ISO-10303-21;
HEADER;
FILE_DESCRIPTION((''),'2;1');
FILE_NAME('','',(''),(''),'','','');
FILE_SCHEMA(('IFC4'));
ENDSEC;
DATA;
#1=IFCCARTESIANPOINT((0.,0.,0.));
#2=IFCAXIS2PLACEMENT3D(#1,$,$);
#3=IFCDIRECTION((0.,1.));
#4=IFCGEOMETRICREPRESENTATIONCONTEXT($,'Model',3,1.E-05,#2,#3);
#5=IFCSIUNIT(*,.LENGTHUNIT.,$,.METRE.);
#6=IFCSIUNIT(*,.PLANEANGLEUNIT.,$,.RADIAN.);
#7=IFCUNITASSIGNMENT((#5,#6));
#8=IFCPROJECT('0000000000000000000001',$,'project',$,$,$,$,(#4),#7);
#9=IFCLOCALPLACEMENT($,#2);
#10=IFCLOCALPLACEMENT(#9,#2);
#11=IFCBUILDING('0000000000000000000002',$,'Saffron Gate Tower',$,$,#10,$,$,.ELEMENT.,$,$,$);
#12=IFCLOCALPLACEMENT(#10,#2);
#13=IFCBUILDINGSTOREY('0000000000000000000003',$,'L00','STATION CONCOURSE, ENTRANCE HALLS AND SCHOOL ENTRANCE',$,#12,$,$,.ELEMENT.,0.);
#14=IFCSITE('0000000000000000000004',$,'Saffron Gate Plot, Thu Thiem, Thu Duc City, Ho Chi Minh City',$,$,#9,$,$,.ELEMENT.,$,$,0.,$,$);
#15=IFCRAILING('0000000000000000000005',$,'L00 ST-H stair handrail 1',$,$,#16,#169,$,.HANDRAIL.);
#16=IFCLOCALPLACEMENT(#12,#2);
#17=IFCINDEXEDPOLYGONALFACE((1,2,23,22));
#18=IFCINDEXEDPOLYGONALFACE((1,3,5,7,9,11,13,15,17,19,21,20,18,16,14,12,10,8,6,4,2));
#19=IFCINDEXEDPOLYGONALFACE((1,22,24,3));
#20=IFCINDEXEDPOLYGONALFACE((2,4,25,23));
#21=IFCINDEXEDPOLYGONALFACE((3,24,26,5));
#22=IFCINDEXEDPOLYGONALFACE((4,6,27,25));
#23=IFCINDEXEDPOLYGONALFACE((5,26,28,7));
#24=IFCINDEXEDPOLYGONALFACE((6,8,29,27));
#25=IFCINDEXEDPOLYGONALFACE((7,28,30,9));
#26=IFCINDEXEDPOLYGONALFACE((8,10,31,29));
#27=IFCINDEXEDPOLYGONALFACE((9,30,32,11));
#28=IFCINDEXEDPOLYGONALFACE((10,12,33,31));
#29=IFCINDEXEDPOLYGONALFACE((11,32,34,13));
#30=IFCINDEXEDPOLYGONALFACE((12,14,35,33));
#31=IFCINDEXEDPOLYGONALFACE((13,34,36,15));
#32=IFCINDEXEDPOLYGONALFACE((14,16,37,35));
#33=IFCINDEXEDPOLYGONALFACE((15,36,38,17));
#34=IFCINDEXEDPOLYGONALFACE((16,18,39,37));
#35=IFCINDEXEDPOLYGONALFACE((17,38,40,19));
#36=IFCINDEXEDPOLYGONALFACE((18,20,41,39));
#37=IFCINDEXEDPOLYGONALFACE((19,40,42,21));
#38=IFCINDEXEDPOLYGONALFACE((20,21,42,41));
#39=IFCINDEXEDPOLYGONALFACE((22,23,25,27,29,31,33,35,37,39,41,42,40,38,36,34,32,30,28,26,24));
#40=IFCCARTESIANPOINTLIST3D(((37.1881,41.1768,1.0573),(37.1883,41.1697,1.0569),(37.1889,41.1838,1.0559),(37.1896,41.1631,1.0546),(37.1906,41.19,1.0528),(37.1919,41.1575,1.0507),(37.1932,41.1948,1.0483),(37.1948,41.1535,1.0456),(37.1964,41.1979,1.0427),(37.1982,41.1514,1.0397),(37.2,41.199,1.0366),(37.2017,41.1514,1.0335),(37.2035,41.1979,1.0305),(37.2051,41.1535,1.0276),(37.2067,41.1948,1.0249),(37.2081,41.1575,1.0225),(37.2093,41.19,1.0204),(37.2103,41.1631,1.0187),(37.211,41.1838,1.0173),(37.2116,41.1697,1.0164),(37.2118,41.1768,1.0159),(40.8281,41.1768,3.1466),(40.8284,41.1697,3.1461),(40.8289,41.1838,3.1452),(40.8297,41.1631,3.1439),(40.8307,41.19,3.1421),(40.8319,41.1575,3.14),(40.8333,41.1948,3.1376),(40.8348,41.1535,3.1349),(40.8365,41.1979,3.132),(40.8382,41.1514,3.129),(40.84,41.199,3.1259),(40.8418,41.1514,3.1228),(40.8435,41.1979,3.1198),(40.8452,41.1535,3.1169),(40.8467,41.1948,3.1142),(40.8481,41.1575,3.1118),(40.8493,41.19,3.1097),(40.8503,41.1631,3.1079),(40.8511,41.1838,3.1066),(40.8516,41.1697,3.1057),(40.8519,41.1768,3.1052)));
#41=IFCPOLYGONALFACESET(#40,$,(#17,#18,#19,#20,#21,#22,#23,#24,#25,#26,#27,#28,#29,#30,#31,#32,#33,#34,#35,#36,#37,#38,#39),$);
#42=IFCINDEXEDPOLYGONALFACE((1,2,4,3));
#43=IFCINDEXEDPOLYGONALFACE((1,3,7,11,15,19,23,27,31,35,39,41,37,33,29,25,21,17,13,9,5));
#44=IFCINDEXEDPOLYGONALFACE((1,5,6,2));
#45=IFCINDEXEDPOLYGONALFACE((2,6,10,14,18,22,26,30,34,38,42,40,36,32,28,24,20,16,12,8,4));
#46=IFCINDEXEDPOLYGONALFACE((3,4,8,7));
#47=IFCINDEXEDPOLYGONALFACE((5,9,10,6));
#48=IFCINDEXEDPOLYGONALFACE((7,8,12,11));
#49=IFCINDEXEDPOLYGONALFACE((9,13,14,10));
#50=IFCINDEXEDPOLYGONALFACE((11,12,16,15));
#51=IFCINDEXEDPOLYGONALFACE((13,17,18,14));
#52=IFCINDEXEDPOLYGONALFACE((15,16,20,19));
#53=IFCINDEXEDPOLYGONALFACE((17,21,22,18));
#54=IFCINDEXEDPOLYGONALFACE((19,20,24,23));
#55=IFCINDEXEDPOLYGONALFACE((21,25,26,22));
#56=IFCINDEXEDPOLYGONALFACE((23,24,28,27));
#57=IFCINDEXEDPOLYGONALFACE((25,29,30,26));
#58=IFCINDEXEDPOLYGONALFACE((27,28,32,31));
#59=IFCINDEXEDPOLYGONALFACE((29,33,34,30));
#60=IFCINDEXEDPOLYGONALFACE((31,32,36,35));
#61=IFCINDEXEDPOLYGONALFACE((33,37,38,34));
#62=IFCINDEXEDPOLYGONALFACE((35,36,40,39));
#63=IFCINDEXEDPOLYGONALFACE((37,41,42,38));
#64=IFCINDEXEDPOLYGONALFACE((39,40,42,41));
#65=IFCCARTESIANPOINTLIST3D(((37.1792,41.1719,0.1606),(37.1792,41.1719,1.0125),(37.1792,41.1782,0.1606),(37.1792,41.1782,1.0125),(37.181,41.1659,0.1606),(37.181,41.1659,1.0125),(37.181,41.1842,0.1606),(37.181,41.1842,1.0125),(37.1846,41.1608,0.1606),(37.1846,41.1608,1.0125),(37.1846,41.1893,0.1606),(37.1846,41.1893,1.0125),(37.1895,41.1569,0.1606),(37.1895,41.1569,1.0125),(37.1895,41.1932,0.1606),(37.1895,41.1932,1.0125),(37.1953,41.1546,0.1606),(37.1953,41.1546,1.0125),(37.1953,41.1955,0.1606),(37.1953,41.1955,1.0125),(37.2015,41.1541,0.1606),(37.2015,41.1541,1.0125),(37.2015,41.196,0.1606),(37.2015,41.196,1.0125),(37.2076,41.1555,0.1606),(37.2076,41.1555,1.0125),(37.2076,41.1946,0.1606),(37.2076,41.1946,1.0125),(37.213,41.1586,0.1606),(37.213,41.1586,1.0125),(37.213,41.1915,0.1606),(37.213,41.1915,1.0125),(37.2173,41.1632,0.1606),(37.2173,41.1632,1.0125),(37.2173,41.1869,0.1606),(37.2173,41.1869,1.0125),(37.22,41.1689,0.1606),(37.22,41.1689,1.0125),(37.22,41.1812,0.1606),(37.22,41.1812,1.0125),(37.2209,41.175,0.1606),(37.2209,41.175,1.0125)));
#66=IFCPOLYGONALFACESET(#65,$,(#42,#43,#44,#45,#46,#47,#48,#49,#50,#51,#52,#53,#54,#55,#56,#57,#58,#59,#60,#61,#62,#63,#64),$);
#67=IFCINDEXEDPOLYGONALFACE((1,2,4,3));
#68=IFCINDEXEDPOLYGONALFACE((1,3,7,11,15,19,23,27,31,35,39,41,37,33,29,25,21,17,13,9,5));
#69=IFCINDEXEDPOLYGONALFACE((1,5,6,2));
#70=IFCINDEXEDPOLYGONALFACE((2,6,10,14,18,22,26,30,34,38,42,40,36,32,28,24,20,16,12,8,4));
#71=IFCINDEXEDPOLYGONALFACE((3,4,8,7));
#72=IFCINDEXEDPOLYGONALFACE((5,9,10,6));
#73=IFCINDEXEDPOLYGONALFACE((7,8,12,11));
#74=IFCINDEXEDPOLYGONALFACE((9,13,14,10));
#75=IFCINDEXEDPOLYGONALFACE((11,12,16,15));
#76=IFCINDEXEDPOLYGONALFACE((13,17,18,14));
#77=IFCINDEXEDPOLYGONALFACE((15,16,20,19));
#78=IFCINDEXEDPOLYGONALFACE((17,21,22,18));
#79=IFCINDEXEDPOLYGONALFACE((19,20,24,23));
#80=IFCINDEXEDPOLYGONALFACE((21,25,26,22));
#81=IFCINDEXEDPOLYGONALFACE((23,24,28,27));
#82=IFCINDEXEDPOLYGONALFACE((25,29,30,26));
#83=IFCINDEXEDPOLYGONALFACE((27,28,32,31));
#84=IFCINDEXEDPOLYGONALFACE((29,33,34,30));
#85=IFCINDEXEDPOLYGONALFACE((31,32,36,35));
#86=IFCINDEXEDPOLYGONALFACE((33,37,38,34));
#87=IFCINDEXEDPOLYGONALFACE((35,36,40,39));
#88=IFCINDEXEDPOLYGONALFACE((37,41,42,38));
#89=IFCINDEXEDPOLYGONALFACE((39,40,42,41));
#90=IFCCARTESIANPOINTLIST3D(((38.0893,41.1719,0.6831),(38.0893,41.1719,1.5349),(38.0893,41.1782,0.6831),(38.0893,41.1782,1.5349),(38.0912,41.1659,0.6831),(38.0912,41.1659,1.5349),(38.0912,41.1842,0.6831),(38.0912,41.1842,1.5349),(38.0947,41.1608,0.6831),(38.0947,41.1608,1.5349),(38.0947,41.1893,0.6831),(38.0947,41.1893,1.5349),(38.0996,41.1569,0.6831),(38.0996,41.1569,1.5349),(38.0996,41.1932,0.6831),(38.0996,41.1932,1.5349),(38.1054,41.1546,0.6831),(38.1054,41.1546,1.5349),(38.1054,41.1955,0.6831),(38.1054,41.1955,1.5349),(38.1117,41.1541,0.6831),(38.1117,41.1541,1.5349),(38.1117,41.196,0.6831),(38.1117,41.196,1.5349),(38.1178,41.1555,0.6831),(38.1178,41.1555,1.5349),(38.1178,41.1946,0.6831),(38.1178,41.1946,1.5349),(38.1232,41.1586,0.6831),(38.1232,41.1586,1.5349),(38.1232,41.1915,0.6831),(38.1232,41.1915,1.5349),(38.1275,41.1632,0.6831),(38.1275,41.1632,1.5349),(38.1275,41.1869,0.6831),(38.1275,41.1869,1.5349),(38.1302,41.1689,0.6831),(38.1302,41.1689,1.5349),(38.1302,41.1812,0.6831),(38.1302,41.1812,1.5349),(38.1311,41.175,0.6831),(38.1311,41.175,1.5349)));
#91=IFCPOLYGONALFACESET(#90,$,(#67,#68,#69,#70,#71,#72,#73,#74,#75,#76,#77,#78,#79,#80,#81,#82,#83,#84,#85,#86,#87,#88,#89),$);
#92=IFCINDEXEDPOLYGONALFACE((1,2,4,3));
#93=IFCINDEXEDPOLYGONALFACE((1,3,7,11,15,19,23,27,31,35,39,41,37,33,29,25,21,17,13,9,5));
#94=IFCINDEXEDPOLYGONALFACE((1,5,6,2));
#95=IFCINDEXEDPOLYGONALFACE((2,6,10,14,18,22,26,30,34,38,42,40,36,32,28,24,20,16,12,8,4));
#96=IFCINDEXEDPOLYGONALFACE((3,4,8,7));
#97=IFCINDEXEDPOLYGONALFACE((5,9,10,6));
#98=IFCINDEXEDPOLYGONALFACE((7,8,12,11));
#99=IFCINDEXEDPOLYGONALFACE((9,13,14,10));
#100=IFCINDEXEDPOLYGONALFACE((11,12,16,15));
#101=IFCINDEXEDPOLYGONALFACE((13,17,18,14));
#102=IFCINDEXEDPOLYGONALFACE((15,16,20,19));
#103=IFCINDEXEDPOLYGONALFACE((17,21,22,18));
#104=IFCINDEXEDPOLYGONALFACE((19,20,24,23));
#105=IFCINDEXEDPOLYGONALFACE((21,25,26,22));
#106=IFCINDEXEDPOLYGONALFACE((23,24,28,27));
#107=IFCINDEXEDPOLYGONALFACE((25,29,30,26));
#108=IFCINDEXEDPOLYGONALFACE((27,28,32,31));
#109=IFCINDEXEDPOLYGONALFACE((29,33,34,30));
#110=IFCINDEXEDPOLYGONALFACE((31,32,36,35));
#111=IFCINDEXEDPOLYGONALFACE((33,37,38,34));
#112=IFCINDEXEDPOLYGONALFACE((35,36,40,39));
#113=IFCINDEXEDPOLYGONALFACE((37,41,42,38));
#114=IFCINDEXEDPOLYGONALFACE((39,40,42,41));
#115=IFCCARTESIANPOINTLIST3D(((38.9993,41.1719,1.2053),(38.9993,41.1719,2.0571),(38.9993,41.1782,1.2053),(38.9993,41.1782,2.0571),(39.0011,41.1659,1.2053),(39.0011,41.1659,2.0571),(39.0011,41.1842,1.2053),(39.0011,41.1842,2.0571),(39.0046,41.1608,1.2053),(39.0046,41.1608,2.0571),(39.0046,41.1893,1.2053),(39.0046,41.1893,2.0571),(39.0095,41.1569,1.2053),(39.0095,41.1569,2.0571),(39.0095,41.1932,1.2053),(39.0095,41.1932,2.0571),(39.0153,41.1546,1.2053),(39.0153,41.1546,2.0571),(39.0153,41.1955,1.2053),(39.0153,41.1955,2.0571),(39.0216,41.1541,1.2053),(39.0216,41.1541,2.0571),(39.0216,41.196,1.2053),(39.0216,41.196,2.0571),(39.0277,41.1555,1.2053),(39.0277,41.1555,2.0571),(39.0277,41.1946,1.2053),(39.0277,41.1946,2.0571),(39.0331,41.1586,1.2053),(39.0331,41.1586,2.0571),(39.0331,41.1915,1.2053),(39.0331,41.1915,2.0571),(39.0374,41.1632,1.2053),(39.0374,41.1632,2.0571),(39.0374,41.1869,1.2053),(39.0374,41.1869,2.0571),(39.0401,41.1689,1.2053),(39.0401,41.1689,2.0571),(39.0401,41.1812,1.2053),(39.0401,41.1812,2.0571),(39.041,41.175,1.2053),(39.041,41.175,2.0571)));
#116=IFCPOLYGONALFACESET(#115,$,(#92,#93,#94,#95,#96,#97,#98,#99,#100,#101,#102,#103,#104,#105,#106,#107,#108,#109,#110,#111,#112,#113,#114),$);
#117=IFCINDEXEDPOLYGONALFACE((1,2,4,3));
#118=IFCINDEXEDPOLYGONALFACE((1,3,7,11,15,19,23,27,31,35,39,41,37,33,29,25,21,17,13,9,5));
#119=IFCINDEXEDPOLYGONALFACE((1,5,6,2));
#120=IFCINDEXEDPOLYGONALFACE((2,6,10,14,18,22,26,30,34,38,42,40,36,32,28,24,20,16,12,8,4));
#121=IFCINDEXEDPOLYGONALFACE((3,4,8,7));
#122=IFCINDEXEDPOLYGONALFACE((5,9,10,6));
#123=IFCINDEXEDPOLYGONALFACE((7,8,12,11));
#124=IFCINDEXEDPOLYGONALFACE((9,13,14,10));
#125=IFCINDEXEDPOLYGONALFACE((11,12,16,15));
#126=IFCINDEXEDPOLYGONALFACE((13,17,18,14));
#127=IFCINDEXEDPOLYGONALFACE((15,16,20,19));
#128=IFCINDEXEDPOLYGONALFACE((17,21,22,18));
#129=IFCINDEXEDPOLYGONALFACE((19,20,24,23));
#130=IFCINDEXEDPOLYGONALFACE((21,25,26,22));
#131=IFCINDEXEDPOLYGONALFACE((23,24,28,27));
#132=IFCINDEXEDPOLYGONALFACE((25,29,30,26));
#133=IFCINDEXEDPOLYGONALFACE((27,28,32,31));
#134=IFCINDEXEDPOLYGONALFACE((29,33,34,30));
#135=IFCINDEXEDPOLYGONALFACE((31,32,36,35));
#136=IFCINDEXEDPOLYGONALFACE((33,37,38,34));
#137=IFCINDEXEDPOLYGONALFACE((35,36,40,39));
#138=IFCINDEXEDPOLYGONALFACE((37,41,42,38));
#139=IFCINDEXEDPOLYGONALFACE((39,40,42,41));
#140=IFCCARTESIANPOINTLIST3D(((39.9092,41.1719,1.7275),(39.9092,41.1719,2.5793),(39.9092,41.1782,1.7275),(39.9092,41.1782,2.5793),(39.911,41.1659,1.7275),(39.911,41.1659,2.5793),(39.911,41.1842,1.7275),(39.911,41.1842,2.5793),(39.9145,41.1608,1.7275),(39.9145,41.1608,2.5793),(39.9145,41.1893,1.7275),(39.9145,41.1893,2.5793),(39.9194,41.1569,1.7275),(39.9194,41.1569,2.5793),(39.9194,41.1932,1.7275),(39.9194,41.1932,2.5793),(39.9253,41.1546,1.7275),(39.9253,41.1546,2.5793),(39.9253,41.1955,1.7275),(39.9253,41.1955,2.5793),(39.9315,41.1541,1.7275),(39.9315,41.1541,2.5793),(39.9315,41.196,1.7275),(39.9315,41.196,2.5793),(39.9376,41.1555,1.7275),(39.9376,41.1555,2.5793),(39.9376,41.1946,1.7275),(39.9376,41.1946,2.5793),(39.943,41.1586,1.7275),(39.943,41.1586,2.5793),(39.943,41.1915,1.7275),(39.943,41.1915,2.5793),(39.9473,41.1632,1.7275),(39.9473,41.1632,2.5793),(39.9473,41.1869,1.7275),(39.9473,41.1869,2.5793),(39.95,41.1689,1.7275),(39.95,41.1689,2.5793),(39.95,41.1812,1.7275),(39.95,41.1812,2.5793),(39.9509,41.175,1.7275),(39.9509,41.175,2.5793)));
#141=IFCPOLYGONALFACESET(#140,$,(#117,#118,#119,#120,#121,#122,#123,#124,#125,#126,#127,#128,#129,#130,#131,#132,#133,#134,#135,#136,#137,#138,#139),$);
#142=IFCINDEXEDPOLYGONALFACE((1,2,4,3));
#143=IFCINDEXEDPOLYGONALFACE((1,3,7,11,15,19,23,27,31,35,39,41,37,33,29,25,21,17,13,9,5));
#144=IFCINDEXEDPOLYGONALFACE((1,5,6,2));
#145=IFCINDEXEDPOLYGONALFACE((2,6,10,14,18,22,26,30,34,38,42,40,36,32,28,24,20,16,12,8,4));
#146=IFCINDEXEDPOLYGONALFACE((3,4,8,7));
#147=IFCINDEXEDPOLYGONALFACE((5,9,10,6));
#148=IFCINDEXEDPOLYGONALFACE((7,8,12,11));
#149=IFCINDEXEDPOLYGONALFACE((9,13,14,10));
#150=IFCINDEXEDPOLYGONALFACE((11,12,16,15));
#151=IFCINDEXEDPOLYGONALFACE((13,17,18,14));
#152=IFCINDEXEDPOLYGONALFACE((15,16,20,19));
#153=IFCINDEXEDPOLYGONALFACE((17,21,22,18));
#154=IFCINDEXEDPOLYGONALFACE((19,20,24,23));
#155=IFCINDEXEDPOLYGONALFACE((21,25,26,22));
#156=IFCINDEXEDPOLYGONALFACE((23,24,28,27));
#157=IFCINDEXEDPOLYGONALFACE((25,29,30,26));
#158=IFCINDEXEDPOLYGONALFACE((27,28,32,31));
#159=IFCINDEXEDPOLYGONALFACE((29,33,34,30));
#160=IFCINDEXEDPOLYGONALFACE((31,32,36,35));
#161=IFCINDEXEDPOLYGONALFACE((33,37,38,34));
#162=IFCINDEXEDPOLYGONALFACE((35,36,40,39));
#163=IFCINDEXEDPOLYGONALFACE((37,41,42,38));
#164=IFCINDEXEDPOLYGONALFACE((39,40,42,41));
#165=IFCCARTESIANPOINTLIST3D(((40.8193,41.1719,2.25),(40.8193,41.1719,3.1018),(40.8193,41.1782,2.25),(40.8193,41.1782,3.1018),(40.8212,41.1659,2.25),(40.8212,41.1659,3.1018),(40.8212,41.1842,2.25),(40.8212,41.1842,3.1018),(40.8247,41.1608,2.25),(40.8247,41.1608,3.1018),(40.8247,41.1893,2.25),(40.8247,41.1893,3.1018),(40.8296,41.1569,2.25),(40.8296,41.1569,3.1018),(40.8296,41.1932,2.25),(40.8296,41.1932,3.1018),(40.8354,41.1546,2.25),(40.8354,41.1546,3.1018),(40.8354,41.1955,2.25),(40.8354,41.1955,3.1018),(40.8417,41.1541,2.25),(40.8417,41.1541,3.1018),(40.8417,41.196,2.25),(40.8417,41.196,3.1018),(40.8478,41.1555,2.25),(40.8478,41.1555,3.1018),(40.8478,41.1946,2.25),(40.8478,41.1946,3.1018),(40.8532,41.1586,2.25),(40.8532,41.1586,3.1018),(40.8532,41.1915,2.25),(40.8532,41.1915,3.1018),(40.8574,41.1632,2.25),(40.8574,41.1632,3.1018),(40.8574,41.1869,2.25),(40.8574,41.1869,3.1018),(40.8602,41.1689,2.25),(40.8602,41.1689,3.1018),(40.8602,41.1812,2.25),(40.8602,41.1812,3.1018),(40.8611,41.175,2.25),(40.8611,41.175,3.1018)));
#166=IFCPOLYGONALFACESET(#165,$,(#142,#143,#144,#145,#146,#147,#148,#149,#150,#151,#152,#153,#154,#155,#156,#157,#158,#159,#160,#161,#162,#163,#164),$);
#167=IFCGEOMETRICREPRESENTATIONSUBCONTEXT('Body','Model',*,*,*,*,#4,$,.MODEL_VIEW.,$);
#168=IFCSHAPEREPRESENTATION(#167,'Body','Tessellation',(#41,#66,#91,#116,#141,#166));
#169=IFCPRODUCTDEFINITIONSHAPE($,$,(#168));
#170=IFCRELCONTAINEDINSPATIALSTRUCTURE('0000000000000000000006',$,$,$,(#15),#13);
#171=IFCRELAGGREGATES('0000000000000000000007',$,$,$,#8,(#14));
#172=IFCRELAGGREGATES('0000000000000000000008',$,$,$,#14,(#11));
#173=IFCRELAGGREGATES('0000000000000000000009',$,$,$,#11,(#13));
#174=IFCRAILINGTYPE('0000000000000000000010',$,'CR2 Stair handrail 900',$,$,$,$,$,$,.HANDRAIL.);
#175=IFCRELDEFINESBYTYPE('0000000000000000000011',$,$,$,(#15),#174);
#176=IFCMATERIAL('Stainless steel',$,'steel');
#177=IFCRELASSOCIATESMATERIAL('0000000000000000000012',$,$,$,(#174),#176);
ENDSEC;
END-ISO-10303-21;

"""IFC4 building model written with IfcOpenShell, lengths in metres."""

from ifc_helpers import new_model, si_unit, direction, frame, origin, origin_2d, place, context, subcontext, project, spatial, circle, extrude, material, type_object, element, save


model = new_model("IFC4")

# Units and contexts
model_context = context("Model", 3, precision=1e-05, world=origin(), true_north=direction((0.0, 1.0)))
body_context = subcontext(model_context, "Body", "Model", "MODEL_VIEW")
ifc_project = project(units=[si_unit("LENGTHUNIT", "METRE"), si_unit("PLANEANGLEUNIT", "RADIAN")], contexts=[model_context])

# Site, building, storey
site_placement = place(None, origin())
site = spatial("IfcSite", under=ifc_project, at=site_placement, Name="Saffron Gate Plot, Thu Thiem, Thu Duc City, Ho Chi Minh City", CompositionType="ELEMENT", RefElevation=0.0)
building_placement = place(site_placement, origin())
building = spatial("IfcBuilding", under=site, at=building_placement, Name="Saffron Gate Tower", CompositionType="ELEMENT")
storey_placement = place(building_placement, origin())
storey = spatial("IfcBuildingStorey", under=building, at=storey_placement, Name="L00", Description="STATION CONCOURSE, ENTRANCE HALLS AND SCHOOL ENTRANCE", CompositionType="ELEMENT", Elevation=0.0)

# Railing
ifc_material_1 = material(Name="Stainless steel", Category="steel")
railing_type_1 = type_object("IfcRailingType", Name="CR2 Stair handrail 900", PredefinedType="HANDRAIL", material=ifc_material_1)
railing_1_placement = place(storey_placement, frame((37.2, 41.175, 0.1606)))
element("IfcRailing", 1, at=railing_1_placement, inside=storey, type_object=railing_type_1, Name="L00 ST-H stair handrail 1", PredefinedType="HANDRAIL", context=body_context, shape_type="SweptSolid", body=[
    extrude(circle(Radius=0.0239, at=origin_2d()), frame((0.0, 0.0, 0.876), z_axis=(0.867289, 0.0, 0.497804), x_axis=(0.0, 1.0, 0.0)), (0.0, 0.0, 1.0), 4.197),
    extrude(circle(Radius=0.021, at=origin_2d()), origin(), (0.0, 0.0, 1.0), 0.8518),
    extrude(circle(Radius=0.021, at=origin_2d()), frame((0.9102, 0.0, 0.5225)), (0.0, 0.0, 1.0), 0.8518),
    extrude(circle(Radius=0.021, at=origin_2d()), frame((1.8201, 0.0, 1.0447)), (0.0, 0.0, 1.0), 0.8518),
    extrude(circle(Radius=0.021, at=origin_2d()), frame((2.73, 0.0, 1.5669)), (0.0, 0.0, 1.0), 0.8518),
    extrude(circle(Radius=0.021, at=origin_2d()), frame((3.6401, 0.0, 2.0894)), (0.0, 0.0, 1.0), 0.8518),
])

save(model, "model.ifc")
